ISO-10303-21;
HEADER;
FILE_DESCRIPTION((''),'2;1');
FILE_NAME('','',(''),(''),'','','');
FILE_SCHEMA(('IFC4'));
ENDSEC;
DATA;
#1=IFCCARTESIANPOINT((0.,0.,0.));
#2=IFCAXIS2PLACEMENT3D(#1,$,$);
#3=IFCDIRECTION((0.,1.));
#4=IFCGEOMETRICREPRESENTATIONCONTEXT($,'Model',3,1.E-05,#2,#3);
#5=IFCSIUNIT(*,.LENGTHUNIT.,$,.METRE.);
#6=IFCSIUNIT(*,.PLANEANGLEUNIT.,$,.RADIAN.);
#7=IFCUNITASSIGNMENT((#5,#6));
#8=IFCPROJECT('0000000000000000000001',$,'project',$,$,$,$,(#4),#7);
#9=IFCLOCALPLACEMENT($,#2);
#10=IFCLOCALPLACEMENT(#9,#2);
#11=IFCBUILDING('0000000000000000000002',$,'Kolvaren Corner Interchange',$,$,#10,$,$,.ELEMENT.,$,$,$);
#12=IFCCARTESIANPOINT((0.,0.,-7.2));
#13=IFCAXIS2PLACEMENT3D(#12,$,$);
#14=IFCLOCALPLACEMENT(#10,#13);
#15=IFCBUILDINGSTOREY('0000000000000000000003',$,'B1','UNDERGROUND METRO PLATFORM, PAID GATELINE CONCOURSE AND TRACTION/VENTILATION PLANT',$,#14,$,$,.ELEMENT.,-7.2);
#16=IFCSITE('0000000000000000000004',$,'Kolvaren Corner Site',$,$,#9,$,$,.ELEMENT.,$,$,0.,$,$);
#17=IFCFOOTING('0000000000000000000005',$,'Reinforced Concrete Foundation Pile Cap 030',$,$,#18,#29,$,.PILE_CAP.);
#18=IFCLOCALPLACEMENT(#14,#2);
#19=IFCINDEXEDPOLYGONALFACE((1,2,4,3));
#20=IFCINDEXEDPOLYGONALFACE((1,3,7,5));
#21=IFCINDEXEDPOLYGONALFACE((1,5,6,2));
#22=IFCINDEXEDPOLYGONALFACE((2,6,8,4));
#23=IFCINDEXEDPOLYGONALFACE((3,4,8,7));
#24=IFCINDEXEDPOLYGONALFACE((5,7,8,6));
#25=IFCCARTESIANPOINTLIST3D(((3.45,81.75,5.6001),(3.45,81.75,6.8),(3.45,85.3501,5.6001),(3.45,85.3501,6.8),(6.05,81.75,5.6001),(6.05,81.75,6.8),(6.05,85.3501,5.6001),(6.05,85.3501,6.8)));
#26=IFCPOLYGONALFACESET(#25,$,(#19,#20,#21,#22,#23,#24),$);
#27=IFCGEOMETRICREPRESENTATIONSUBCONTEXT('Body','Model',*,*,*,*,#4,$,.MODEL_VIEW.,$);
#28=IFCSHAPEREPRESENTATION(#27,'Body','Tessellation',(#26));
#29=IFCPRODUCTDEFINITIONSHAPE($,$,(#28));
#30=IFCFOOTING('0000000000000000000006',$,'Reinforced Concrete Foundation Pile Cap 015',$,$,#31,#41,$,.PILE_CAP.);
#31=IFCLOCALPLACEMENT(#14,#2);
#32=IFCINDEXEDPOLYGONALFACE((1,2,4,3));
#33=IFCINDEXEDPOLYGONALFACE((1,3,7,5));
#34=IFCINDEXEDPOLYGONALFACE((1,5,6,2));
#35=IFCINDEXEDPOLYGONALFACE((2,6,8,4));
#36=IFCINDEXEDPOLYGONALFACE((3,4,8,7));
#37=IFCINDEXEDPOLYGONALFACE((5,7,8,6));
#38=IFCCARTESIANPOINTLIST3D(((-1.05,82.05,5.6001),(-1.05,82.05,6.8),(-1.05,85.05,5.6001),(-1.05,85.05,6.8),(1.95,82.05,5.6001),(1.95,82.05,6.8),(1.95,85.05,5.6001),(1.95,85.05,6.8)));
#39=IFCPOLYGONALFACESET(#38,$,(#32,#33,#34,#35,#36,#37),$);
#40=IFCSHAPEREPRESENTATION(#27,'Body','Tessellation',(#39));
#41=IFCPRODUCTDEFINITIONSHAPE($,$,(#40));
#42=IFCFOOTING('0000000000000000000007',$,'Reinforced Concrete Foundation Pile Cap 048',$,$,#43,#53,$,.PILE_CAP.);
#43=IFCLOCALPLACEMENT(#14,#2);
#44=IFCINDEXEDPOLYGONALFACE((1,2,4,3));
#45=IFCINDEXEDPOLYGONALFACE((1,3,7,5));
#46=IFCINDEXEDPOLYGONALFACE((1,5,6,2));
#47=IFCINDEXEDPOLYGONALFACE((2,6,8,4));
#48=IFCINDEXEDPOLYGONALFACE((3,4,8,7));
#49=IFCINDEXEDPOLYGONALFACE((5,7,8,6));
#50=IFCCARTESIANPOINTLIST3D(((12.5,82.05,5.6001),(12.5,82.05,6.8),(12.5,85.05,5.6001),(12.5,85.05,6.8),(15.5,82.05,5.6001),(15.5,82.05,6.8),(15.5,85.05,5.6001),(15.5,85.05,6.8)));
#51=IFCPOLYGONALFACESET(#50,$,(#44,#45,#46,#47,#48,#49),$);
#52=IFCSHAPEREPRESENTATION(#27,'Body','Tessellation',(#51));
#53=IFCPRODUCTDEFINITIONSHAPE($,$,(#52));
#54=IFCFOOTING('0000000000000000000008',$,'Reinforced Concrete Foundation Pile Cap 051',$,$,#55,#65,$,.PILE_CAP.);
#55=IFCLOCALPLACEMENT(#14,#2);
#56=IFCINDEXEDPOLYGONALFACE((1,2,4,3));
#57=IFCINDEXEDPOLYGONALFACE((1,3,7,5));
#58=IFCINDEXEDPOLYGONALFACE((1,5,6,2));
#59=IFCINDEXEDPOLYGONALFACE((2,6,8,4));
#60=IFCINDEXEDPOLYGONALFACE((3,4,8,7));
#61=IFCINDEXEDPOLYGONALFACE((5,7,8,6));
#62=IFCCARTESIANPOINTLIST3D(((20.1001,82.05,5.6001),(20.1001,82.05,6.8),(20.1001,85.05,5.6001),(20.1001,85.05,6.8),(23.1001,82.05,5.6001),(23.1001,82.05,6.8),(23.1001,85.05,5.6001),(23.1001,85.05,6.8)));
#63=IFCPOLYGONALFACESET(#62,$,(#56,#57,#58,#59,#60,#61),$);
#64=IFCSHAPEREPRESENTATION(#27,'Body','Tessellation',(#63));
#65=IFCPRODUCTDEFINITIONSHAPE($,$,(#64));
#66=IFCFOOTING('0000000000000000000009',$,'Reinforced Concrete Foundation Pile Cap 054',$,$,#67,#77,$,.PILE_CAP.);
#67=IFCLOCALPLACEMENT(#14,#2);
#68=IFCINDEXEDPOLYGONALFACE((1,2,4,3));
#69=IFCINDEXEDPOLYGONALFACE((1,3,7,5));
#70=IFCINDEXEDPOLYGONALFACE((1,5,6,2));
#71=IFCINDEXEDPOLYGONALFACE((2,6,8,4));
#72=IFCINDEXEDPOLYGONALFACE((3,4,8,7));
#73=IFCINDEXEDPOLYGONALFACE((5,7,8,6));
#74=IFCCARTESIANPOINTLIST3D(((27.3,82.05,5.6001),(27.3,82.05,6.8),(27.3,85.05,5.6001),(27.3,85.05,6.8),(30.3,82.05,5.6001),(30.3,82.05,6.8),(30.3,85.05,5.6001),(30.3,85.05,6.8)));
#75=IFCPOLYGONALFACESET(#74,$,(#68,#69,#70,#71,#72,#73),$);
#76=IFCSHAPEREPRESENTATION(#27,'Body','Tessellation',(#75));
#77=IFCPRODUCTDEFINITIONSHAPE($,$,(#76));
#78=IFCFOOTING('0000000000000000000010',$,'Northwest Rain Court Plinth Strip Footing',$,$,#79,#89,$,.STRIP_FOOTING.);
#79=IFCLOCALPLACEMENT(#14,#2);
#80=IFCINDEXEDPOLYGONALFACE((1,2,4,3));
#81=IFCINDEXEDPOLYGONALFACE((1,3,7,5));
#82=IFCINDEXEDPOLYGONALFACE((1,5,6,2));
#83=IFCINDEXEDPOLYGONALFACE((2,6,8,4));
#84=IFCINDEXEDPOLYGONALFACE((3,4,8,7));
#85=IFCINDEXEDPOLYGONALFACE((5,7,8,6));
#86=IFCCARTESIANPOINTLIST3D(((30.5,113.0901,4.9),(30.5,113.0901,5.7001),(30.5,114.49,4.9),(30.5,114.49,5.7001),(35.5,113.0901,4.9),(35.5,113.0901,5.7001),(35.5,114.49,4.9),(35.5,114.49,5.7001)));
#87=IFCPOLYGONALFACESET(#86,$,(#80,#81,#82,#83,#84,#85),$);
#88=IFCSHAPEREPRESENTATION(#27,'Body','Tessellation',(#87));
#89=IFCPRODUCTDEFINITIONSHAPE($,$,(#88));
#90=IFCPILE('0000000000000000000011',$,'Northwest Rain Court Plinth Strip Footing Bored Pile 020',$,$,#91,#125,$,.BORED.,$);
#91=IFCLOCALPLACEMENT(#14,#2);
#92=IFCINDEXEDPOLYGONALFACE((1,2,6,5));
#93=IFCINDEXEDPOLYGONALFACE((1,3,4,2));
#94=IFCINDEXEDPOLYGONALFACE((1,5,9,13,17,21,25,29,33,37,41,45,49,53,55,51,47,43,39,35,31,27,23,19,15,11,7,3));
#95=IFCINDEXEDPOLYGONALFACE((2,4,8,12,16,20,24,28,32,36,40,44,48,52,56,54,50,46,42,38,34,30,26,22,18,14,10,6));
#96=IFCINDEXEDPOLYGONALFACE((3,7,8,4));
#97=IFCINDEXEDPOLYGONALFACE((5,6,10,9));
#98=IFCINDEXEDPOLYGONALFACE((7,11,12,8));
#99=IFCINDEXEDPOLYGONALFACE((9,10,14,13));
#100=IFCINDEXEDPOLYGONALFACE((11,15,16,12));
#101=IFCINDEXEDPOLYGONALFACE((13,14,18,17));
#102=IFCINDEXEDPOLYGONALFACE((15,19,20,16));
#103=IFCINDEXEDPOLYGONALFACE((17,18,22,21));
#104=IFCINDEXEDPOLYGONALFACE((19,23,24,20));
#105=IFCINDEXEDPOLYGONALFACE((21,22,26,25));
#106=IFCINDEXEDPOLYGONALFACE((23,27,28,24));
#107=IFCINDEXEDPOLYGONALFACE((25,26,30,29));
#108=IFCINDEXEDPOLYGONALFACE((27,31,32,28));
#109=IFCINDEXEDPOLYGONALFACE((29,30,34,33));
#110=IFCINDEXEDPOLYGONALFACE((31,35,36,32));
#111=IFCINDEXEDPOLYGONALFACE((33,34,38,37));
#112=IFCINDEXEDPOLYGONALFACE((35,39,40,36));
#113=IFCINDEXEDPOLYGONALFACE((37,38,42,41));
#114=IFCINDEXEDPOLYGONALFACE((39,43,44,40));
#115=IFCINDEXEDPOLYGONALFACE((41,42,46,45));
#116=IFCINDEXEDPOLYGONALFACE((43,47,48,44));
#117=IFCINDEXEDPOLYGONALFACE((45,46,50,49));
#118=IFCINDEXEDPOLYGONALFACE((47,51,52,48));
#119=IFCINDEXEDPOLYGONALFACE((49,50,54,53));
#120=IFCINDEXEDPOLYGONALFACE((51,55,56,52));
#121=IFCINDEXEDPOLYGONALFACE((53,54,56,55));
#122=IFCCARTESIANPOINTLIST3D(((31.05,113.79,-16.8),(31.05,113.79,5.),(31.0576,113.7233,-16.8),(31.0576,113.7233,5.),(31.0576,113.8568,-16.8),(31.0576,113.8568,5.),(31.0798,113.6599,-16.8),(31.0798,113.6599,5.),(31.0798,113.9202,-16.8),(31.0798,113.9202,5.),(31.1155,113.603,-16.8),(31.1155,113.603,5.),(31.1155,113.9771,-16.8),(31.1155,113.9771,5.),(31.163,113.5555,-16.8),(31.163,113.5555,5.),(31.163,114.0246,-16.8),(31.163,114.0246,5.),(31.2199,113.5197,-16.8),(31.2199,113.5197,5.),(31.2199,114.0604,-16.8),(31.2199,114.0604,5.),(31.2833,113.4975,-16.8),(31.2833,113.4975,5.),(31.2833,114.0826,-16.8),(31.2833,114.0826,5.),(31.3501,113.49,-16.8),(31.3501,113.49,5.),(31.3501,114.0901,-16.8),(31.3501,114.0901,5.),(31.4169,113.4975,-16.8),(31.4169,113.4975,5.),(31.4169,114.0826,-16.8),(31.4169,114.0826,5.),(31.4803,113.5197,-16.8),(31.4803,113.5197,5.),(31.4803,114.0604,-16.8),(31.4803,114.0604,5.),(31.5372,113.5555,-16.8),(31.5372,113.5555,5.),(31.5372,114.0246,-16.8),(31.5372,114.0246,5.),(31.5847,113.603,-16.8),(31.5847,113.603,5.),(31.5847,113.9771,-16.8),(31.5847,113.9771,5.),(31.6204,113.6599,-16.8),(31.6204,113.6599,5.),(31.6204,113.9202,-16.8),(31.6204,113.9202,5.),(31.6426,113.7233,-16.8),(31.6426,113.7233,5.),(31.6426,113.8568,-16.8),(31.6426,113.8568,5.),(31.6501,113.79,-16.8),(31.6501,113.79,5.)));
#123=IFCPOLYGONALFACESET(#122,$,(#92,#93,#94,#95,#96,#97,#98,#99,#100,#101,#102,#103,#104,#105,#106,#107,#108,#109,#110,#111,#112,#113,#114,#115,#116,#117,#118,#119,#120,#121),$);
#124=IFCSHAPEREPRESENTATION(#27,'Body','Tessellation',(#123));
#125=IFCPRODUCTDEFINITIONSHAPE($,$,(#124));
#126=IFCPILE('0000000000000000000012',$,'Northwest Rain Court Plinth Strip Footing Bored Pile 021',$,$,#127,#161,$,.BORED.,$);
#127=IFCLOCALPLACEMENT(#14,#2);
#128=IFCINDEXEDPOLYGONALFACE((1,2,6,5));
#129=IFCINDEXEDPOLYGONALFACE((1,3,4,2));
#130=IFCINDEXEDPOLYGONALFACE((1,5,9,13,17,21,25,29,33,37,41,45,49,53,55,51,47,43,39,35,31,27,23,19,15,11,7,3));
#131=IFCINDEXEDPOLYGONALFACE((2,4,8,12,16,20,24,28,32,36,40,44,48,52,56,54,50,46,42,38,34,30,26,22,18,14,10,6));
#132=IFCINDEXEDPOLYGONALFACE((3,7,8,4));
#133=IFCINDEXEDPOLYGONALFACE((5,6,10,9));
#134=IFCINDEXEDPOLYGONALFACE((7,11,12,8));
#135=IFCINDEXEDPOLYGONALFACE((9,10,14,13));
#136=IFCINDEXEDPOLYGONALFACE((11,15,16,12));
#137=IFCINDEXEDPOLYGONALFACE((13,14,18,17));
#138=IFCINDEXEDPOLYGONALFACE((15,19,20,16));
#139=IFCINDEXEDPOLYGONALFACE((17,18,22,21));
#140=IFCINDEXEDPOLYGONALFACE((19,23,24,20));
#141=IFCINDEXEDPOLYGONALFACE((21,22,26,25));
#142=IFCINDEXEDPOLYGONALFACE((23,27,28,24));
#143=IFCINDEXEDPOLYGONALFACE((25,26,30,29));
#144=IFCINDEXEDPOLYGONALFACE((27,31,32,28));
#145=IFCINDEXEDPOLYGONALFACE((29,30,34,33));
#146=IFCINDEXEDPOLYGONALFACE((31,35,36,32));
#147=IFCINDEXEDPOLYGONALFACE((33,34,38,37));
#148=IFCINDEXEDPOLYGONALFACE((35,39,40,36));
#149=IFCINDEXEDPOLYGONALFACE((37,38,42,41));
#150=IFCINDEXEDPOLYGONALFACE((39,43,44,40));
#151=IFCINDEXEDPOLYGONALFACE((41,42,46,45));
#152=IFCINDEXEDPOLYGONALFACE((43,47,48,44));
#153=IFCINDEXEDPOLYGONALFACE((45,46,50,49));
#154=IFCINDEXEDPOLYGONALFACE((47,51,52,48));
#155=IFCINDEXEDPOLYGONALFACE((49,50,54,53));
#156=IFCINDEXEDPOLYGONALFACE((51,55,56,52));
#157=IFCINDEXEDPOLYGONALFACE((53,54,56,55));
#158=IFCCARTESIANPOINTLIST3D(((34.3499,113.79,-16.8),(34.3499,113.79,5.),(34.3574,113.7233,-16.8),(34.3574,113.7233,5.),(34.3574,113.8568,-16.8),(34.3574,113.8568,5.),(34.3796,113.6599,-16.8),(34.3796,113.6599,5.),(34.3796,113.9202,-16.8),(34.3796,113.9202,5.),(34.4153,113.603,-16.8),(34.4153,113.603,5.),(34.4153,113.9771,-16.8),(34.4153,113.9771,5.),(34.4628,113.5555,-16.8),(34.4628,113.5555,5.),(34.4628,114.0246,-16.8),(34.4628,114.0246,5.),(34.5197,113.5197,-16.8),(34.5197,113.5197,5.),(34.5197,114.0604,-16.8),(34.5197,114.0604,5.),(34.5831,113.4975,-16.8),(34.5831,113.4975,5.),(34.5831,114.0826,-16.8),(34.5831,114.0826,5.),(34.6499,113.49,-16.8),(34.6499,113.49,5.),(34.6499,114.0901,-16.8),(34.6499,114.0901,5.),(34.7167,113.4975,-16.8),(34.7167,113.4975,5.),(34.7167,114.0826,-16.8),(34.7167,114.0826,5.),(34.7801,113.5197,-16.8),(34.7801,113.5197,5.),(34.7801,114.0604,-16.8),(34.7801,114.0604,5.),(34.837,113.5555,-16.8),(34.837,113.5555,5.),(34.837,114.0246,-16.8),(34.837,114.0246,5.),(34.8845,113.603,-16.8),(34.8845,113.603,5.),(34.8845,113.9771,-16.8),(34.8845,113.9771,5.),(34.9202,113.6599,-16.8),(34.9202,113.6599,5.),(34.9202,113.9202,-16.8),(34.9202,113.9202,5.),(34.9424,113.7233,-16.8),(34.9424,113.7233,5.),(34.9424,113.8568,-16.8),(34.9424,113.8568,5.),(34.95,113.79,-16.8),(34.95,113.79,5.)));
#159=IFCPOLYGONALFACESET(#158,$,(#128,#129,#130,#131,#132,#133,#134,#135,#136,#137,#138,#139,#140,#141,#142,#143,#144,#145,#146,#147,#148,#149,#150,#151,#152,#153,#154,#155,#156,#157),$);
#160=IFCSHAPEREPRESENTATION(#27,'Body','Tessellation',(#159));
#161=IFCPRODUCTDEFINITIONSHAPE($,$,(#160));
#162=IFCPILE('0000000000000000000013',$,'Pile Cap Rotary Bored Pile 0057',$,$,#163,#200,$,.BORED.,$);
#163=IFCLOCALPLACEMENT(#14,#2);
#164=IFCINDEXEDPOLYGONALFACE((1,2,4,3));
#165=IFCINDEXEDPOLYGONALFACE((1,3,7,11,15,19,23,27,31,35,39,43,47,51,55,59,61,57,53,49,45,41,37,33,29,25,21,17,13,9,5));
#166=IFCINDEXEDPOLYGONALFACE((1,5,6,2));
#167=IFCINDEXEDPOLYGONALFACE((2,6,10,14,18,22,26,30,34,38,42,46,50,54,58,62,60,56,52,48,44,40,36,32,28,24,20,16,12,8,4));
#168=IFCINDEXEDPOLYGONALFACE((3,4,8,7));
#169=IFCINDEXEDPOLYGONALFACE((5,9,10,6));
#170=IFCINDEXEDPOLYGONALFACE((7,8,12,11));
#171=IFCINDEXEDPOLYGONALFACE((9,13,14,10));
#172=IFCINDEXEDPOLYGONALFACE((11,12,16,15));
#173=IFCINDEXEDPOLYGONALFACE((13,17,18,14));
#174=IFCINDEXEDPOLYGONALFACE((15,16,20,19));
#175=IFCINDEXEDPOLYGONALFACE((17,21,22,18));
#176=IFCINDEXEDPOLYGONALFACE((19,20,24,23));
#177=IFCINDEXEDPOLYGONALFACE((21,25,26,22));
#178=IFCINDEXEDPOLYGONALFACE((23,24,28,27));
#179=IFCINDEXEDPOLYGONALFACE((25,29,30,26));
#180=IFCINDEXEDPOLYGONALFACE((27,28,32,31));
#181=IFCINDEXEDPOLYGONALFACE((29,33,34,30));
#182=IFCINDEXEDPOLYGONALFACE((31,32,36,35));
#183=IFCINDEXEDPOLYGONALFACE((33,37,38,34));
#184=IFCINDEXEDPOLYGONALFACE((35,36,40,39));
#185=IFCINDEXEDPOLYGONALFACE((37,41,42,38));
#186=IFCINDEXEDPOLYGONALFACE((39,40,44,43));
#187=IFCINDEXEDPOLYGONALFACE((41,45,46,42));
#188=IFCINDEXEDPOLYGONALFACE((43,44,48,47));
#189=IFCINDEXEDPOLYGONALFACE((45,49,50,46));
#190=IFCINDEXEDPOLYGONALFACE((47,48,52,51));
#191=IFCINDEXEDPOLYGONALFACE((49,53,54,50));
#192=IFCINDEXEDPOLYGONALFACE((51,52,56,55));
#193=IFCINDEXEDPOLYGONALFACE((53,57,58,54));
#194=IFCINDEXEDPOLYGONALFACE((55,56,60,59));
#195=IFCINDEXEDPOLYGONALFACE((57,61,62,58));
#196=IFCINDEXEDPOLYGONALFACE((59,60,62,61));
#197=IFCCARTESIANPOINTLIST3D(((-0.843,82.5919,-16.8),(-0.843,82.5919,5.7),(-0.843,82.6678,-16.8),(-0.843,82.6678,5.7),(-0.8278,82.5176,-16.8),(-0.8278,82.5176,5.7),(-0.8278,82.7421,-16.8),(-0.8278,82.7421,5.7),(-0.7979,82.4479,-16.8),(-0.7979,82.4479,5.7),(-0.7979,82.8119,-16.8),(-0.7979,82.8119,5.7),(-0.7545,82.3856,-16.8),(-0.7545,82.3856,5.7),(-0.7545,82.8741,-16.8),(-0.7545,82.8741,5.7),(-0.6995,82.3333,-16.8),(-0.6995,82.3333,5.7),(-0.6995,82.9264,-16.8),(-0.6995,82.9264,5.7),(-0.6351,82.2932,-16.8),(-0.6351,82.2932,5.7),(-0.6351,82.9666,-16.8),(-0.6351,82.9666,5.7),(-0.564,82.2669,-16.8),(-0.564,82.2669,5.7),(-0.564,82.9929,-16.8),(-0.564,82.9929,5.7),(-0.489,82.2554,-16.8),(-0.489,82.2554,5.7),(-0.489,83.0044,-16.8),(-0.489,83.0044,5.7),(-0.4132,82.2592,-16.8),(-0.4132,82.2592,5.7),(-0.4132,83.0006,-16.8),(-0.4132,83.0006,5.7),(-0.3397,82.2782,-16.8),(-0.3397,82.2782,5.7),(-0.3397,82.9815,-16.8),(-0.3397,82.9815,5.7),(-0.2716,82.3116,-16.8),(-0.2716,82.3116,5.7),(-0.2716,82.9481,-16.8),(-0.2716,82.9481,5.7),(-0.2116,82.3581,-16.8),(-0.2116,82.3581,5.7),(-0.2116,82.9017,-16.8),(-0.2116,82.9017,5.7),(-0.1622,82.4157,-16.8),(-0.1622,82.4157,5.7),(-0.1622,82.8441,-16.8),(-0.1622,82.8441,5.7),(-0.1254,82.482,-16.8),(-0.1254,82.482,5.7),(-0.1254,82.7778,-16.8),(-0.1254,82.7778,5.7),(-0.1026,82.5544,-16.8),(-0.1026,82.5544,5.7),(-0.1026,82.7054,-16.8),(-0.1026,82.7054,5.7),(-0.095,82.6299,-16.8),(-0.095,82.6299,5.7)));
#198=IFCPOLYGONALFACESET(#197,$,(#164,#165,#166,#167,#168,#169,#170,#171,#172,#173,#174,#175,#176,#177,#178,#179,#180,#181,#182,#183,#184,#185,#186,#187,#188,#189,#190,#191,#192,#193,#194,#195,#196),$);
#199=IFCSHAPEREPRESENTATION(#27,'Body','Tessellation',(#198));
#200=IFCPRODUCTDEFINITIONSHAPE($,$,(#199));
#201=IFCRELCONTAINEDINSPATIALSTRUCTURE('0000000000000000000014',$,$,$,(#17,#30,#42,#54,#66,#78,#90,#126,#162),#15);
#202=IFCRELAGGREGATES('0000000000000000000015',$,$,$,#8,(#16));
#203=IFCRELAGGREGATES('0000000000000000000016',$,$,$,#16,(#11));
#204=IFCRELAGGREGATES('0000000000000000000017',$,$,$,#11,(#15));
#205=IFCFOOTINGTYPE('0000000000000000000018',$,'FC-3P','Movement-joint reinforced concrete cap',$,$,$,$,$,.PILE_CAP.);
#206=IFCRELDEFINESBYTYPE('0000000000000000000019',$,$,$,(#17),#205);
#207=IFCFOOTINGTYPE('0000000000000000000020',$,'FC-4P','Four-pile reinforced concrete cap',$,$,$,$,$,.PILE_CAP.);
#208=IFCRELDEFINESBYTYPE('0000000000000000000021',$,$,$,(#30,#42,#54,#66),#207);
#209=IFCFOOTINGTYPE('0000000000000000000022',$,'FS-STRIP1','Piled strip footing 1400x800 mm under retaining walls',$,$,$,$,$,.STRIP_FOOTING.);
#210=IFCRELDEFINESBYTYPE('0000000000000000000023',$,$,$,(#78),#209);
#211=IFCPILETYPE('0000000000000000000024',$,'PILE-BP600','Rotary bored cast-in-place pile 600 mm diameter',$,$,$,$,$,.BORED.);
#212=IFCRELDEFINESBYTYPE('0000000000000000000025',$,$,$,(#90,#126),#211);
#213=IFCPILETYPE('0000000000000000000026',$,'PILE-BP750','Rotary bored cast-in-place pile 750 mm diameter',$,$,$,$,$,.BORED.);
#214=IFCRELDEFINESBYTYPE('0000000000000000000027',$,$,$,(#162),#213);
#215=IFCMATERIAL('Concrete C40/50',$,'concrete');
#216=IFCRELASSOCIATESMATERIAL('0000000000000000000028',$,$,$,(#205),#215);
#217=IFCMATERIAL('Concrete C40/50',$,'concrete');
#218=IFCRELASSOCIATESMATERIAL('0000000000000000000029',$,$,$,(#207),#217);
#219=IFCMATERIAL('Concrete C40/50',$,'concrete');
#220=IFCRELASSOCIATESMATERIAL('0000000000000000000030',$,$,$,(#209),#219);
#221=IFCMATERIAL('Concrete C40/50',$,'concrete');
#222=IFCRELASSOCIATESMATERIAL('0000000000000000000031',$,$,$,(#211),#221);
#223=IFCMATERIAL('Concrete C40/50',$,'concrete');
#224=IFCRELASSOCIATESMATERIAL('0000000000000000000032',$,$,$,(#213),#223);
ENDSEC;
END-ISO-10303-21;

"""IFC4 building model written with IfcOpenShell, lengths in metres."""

from ifc_helpers import new_model, si_unit, direction, frame, origin, origin_2d, place, context, subcontext, project, spatial, rectangle, circle, extrude, material, material_profile, profile_set, type_object, element, save


model = new_model("IFC4")

# Units and contexts
model_context = context("Model", 3, precision=1e-05, world=origin(), true_north=direction((0.0, 1.0)))
body_context = subcontext(model_context, "Body", "Model", "MODEL_VIEW")
ifc_project = project(units=[si_unit("LENGTHUNIT", "METRE"), si_unit("PLANEANGLEUNIT", "RADIAN")], contexts=[model_context])

# Site, building, storey
site_placement = place(None, origin())
site = spatial("IfcSite", under=ifc_project, at=site_placement, Name="Kolvaren Corner Site", CompositionType="ELEMENT", RefElevation=0.0)
building_placement = place(site_placement, origin())
building = spatial("IfcBuilding", under=site, at=building_placement, Name="Kolvaren Corner Interchange", CompositionType="ELEMENT")
storey_placement = place(building_placement, frame((0.0, 0.0, -7.2)))
storey = spatial("IfcBuildingStorey", under=building, at=storey_placement, Name="B1", Description="UNDERGROUND METRO PLATFORM, PAID GATELINE CONCOURSE AND TRACTION/VENTILATION PLANT", CompositionType="ELEMENT", Elevation=-7.2)

# Footings
ifc_material_1 = material(Name="Concrete C40/50", Category="concrete")
footing_type_1 = type_object("IfcFootingType", Name="FC-3P", Description="Movement-joint reinforced concrete cap", PredefinedType="PILE_CAP", material=ifc_material_1)
footing_1_placement = place(storey_placement, frame((4.75, 83.55, 5.6001), z_axis=(0.0, 0.0, 1.0), x_axis=(1.0, 0.0, 0.0)))
element("IfcFooting", 1, at=footing_1_placement, inside=storey, type_object=footing_type_1, Name="Reinforced Concrete Foundation Pile Cap 030", PredefinedType="PILE_CAP", context=body_context, shape_type="SweptSolid", body=[
    extrude(rectangle(XDim=2.6001, YDim=3.6001, at=origin_2d()), origin(), (0.0, 0.0, 1.0), 1.2),
])
ifc_material_2 = material(Name="Concrete C40/50", Category="concrete")
footing_type_2 = type_object("IfcFootingType", Name="FC-4P", Description="Four-pile reinforced concrete cap", PredefinedType="PILE_CAP", material=ifc_material_2)
for number, where, z_axis, x_axis, name in (
    (2, (0.45, 83.55, 5.6001), (0.0, 0.0, 1.0), (1.0, 0.0, 0.0), "Reinforced Concrete Foundation Pile Cap 015"),
    (3, (14.0, 83.55, 5.6001), (0.0, 0.0, 1.0), (1.0, 0.0, 0.0), "Reinforced Concrete Foundation Pile Cap 048"),
    (4, (21.6001, 83.55, 5.6001), (0.0, 0.0, 1.0), (1.0, 0.0, 0.0), "Reinforced Concrete Foundation Pile Cap 051"),
    (5, (28.8, 83.55, 5.6001), (0.0, 0.0, 1.0), (1.0, 0.0, 0.0), "Reinforced Concrete Foundation Pile Cap 054"),
):
    element("IfcFooting", number, at=place(storey_placement, frame(where, z_axis=z_axis, x_axis=x_axis)), inside=storey, type_object=footing_type_2, Name=name, PredefinedType="PILE_CAP", context=body_context, shape_type="SweptSolid", body=[
        extrude(rectangle(XDim=3.0, YDim=3.0, at=origin_2d()), origin(), (0.0, 0.0, 1.0), 1.2),
    ])
ifc_material_3 = material(Name="Concrete C40/50", Category="concrete")
ifc_material_profile_1 = material_profile(ifc_material_3, rectangle(XDim=1.3999, YDim=0.8, at=origin_2d()), Name="STRIP 1400x800")
ifc_profile_set_1 = profile_set([ifc_material_profile_1], Name="Concrete C40/50")
footing_type_3 = type_object("IfcFootingType", Name="FS-STRIP1", Description="Piled strip footing 1400x800 mm under retaining walls", PredefinedType="STRIP_FOOTING", material=ifc_profile_set_1)
footing_2_placement = place(storey_placement, frame((30.5, 113.79, 5.3), z_axis=(1.0, 0.0, 0.0), x_axis=(0.0, 1.0, 0.0)))
element("IfcFooting", 6, at=footing_2_placement, inside=storey, type_object=footing_type_3, Name="Northwest Rain Court Plinth Strip Footing", PredefinedType="STRIP_FOOTING", context=body_context, shape_type="SweptSolid", body=[
    extrude(rectangle(XDim=1.3999, YDim=0.8, at=origin_2d()), origin(), (0.0, 0.0, 1.0), 5.0),
])

# Piles
ifc_material_4 = material(Name="Concrete C40/50", Category="concrete")
ifc_material_profile_2 = material_profile(ifc_material_4, circle(Radius=0.3, at=origin_2d()), Name="BORED PILE 600")
ifc_profile_set_2 = profile_set([ifc_material_profile_2], Name="Concrete C40/50")
pile_type_1 = type_object("IfcPileType", Name="PILE-BP600", Description="Rotary bored cast-in-place pile 600 mm diameter", PredefinedType="BORED", material=ifc_profile_set_2)
for number, where, z_axis, x_axis, name in (
    (7, (31.3501, 113.79, 5.0), (0.0, 0.0, -1.0), (1.0, 0.0, 0.0), "Northwest Rain Court Plinth Strip Footing Bored Pile 020"),
    (8, (34.6499, 113.79, 5.0), (0.0, 0.0, -1.0), (1.0, 0.0, 0.0), "Northwest Rain Court Plinth Strip Footing Bored Pile 021"),
):
    element("IfcPile", number, at=place(storey_placement, frame(where, z_axis=z_axis, x_axis=x_axis)), inside=storey, type_object=pile_type_1, Name=name, PredefinedType="BORED", context=body_context, shape_type="SweptSolid", body=[
        extrude(circle(Radius=0.3, at=origin_2d()), origin(), (0.0, 0.0, 1.0), 21.8),
    ])
ifc_material_5 = material(Name="Concrete C40/50", Category="concrete")
ifc_material_profile_3 = material_profile(ifc_material_5, circle(Radius=0.375, at=origin_2d()), Name="BORED PILE 750")
ifc_profile_set_3 = profile_set([ifc_material_profile_3], Name="Concrete C40/50")
pile_type_2 = type_object("IfcPileType", Name="PILE-BP750", Description="Rotary bored cast-in-place pile 750 mm diameter", PredefinedType="BORED", material=ifc_profile_set_3)
for number, where, z_axis, x_axis, name in (
    (9, (-0.47, 82.6299, 5.7), (0.0, 0.0, -1.0), (1.0, 0.0, 0.0), "Pile Cap Rotary Bored Pile 0057"),
):
    element("IfcPile", number, at=place(storey_placement, frame(where, z_axis=z_axis, x_axis=x_axis)), inside=storey, type_object=pile_type_2, Name=name, PredefinedType="BORED", context=body_context, shape_type="SweptSolid", body=[
        extrude(circle(Radius=0.375, at=origin_2d()), origin(), (0.0, 0.0, 1.0), 22.5),
    ])

save(model, "model.ifc")
